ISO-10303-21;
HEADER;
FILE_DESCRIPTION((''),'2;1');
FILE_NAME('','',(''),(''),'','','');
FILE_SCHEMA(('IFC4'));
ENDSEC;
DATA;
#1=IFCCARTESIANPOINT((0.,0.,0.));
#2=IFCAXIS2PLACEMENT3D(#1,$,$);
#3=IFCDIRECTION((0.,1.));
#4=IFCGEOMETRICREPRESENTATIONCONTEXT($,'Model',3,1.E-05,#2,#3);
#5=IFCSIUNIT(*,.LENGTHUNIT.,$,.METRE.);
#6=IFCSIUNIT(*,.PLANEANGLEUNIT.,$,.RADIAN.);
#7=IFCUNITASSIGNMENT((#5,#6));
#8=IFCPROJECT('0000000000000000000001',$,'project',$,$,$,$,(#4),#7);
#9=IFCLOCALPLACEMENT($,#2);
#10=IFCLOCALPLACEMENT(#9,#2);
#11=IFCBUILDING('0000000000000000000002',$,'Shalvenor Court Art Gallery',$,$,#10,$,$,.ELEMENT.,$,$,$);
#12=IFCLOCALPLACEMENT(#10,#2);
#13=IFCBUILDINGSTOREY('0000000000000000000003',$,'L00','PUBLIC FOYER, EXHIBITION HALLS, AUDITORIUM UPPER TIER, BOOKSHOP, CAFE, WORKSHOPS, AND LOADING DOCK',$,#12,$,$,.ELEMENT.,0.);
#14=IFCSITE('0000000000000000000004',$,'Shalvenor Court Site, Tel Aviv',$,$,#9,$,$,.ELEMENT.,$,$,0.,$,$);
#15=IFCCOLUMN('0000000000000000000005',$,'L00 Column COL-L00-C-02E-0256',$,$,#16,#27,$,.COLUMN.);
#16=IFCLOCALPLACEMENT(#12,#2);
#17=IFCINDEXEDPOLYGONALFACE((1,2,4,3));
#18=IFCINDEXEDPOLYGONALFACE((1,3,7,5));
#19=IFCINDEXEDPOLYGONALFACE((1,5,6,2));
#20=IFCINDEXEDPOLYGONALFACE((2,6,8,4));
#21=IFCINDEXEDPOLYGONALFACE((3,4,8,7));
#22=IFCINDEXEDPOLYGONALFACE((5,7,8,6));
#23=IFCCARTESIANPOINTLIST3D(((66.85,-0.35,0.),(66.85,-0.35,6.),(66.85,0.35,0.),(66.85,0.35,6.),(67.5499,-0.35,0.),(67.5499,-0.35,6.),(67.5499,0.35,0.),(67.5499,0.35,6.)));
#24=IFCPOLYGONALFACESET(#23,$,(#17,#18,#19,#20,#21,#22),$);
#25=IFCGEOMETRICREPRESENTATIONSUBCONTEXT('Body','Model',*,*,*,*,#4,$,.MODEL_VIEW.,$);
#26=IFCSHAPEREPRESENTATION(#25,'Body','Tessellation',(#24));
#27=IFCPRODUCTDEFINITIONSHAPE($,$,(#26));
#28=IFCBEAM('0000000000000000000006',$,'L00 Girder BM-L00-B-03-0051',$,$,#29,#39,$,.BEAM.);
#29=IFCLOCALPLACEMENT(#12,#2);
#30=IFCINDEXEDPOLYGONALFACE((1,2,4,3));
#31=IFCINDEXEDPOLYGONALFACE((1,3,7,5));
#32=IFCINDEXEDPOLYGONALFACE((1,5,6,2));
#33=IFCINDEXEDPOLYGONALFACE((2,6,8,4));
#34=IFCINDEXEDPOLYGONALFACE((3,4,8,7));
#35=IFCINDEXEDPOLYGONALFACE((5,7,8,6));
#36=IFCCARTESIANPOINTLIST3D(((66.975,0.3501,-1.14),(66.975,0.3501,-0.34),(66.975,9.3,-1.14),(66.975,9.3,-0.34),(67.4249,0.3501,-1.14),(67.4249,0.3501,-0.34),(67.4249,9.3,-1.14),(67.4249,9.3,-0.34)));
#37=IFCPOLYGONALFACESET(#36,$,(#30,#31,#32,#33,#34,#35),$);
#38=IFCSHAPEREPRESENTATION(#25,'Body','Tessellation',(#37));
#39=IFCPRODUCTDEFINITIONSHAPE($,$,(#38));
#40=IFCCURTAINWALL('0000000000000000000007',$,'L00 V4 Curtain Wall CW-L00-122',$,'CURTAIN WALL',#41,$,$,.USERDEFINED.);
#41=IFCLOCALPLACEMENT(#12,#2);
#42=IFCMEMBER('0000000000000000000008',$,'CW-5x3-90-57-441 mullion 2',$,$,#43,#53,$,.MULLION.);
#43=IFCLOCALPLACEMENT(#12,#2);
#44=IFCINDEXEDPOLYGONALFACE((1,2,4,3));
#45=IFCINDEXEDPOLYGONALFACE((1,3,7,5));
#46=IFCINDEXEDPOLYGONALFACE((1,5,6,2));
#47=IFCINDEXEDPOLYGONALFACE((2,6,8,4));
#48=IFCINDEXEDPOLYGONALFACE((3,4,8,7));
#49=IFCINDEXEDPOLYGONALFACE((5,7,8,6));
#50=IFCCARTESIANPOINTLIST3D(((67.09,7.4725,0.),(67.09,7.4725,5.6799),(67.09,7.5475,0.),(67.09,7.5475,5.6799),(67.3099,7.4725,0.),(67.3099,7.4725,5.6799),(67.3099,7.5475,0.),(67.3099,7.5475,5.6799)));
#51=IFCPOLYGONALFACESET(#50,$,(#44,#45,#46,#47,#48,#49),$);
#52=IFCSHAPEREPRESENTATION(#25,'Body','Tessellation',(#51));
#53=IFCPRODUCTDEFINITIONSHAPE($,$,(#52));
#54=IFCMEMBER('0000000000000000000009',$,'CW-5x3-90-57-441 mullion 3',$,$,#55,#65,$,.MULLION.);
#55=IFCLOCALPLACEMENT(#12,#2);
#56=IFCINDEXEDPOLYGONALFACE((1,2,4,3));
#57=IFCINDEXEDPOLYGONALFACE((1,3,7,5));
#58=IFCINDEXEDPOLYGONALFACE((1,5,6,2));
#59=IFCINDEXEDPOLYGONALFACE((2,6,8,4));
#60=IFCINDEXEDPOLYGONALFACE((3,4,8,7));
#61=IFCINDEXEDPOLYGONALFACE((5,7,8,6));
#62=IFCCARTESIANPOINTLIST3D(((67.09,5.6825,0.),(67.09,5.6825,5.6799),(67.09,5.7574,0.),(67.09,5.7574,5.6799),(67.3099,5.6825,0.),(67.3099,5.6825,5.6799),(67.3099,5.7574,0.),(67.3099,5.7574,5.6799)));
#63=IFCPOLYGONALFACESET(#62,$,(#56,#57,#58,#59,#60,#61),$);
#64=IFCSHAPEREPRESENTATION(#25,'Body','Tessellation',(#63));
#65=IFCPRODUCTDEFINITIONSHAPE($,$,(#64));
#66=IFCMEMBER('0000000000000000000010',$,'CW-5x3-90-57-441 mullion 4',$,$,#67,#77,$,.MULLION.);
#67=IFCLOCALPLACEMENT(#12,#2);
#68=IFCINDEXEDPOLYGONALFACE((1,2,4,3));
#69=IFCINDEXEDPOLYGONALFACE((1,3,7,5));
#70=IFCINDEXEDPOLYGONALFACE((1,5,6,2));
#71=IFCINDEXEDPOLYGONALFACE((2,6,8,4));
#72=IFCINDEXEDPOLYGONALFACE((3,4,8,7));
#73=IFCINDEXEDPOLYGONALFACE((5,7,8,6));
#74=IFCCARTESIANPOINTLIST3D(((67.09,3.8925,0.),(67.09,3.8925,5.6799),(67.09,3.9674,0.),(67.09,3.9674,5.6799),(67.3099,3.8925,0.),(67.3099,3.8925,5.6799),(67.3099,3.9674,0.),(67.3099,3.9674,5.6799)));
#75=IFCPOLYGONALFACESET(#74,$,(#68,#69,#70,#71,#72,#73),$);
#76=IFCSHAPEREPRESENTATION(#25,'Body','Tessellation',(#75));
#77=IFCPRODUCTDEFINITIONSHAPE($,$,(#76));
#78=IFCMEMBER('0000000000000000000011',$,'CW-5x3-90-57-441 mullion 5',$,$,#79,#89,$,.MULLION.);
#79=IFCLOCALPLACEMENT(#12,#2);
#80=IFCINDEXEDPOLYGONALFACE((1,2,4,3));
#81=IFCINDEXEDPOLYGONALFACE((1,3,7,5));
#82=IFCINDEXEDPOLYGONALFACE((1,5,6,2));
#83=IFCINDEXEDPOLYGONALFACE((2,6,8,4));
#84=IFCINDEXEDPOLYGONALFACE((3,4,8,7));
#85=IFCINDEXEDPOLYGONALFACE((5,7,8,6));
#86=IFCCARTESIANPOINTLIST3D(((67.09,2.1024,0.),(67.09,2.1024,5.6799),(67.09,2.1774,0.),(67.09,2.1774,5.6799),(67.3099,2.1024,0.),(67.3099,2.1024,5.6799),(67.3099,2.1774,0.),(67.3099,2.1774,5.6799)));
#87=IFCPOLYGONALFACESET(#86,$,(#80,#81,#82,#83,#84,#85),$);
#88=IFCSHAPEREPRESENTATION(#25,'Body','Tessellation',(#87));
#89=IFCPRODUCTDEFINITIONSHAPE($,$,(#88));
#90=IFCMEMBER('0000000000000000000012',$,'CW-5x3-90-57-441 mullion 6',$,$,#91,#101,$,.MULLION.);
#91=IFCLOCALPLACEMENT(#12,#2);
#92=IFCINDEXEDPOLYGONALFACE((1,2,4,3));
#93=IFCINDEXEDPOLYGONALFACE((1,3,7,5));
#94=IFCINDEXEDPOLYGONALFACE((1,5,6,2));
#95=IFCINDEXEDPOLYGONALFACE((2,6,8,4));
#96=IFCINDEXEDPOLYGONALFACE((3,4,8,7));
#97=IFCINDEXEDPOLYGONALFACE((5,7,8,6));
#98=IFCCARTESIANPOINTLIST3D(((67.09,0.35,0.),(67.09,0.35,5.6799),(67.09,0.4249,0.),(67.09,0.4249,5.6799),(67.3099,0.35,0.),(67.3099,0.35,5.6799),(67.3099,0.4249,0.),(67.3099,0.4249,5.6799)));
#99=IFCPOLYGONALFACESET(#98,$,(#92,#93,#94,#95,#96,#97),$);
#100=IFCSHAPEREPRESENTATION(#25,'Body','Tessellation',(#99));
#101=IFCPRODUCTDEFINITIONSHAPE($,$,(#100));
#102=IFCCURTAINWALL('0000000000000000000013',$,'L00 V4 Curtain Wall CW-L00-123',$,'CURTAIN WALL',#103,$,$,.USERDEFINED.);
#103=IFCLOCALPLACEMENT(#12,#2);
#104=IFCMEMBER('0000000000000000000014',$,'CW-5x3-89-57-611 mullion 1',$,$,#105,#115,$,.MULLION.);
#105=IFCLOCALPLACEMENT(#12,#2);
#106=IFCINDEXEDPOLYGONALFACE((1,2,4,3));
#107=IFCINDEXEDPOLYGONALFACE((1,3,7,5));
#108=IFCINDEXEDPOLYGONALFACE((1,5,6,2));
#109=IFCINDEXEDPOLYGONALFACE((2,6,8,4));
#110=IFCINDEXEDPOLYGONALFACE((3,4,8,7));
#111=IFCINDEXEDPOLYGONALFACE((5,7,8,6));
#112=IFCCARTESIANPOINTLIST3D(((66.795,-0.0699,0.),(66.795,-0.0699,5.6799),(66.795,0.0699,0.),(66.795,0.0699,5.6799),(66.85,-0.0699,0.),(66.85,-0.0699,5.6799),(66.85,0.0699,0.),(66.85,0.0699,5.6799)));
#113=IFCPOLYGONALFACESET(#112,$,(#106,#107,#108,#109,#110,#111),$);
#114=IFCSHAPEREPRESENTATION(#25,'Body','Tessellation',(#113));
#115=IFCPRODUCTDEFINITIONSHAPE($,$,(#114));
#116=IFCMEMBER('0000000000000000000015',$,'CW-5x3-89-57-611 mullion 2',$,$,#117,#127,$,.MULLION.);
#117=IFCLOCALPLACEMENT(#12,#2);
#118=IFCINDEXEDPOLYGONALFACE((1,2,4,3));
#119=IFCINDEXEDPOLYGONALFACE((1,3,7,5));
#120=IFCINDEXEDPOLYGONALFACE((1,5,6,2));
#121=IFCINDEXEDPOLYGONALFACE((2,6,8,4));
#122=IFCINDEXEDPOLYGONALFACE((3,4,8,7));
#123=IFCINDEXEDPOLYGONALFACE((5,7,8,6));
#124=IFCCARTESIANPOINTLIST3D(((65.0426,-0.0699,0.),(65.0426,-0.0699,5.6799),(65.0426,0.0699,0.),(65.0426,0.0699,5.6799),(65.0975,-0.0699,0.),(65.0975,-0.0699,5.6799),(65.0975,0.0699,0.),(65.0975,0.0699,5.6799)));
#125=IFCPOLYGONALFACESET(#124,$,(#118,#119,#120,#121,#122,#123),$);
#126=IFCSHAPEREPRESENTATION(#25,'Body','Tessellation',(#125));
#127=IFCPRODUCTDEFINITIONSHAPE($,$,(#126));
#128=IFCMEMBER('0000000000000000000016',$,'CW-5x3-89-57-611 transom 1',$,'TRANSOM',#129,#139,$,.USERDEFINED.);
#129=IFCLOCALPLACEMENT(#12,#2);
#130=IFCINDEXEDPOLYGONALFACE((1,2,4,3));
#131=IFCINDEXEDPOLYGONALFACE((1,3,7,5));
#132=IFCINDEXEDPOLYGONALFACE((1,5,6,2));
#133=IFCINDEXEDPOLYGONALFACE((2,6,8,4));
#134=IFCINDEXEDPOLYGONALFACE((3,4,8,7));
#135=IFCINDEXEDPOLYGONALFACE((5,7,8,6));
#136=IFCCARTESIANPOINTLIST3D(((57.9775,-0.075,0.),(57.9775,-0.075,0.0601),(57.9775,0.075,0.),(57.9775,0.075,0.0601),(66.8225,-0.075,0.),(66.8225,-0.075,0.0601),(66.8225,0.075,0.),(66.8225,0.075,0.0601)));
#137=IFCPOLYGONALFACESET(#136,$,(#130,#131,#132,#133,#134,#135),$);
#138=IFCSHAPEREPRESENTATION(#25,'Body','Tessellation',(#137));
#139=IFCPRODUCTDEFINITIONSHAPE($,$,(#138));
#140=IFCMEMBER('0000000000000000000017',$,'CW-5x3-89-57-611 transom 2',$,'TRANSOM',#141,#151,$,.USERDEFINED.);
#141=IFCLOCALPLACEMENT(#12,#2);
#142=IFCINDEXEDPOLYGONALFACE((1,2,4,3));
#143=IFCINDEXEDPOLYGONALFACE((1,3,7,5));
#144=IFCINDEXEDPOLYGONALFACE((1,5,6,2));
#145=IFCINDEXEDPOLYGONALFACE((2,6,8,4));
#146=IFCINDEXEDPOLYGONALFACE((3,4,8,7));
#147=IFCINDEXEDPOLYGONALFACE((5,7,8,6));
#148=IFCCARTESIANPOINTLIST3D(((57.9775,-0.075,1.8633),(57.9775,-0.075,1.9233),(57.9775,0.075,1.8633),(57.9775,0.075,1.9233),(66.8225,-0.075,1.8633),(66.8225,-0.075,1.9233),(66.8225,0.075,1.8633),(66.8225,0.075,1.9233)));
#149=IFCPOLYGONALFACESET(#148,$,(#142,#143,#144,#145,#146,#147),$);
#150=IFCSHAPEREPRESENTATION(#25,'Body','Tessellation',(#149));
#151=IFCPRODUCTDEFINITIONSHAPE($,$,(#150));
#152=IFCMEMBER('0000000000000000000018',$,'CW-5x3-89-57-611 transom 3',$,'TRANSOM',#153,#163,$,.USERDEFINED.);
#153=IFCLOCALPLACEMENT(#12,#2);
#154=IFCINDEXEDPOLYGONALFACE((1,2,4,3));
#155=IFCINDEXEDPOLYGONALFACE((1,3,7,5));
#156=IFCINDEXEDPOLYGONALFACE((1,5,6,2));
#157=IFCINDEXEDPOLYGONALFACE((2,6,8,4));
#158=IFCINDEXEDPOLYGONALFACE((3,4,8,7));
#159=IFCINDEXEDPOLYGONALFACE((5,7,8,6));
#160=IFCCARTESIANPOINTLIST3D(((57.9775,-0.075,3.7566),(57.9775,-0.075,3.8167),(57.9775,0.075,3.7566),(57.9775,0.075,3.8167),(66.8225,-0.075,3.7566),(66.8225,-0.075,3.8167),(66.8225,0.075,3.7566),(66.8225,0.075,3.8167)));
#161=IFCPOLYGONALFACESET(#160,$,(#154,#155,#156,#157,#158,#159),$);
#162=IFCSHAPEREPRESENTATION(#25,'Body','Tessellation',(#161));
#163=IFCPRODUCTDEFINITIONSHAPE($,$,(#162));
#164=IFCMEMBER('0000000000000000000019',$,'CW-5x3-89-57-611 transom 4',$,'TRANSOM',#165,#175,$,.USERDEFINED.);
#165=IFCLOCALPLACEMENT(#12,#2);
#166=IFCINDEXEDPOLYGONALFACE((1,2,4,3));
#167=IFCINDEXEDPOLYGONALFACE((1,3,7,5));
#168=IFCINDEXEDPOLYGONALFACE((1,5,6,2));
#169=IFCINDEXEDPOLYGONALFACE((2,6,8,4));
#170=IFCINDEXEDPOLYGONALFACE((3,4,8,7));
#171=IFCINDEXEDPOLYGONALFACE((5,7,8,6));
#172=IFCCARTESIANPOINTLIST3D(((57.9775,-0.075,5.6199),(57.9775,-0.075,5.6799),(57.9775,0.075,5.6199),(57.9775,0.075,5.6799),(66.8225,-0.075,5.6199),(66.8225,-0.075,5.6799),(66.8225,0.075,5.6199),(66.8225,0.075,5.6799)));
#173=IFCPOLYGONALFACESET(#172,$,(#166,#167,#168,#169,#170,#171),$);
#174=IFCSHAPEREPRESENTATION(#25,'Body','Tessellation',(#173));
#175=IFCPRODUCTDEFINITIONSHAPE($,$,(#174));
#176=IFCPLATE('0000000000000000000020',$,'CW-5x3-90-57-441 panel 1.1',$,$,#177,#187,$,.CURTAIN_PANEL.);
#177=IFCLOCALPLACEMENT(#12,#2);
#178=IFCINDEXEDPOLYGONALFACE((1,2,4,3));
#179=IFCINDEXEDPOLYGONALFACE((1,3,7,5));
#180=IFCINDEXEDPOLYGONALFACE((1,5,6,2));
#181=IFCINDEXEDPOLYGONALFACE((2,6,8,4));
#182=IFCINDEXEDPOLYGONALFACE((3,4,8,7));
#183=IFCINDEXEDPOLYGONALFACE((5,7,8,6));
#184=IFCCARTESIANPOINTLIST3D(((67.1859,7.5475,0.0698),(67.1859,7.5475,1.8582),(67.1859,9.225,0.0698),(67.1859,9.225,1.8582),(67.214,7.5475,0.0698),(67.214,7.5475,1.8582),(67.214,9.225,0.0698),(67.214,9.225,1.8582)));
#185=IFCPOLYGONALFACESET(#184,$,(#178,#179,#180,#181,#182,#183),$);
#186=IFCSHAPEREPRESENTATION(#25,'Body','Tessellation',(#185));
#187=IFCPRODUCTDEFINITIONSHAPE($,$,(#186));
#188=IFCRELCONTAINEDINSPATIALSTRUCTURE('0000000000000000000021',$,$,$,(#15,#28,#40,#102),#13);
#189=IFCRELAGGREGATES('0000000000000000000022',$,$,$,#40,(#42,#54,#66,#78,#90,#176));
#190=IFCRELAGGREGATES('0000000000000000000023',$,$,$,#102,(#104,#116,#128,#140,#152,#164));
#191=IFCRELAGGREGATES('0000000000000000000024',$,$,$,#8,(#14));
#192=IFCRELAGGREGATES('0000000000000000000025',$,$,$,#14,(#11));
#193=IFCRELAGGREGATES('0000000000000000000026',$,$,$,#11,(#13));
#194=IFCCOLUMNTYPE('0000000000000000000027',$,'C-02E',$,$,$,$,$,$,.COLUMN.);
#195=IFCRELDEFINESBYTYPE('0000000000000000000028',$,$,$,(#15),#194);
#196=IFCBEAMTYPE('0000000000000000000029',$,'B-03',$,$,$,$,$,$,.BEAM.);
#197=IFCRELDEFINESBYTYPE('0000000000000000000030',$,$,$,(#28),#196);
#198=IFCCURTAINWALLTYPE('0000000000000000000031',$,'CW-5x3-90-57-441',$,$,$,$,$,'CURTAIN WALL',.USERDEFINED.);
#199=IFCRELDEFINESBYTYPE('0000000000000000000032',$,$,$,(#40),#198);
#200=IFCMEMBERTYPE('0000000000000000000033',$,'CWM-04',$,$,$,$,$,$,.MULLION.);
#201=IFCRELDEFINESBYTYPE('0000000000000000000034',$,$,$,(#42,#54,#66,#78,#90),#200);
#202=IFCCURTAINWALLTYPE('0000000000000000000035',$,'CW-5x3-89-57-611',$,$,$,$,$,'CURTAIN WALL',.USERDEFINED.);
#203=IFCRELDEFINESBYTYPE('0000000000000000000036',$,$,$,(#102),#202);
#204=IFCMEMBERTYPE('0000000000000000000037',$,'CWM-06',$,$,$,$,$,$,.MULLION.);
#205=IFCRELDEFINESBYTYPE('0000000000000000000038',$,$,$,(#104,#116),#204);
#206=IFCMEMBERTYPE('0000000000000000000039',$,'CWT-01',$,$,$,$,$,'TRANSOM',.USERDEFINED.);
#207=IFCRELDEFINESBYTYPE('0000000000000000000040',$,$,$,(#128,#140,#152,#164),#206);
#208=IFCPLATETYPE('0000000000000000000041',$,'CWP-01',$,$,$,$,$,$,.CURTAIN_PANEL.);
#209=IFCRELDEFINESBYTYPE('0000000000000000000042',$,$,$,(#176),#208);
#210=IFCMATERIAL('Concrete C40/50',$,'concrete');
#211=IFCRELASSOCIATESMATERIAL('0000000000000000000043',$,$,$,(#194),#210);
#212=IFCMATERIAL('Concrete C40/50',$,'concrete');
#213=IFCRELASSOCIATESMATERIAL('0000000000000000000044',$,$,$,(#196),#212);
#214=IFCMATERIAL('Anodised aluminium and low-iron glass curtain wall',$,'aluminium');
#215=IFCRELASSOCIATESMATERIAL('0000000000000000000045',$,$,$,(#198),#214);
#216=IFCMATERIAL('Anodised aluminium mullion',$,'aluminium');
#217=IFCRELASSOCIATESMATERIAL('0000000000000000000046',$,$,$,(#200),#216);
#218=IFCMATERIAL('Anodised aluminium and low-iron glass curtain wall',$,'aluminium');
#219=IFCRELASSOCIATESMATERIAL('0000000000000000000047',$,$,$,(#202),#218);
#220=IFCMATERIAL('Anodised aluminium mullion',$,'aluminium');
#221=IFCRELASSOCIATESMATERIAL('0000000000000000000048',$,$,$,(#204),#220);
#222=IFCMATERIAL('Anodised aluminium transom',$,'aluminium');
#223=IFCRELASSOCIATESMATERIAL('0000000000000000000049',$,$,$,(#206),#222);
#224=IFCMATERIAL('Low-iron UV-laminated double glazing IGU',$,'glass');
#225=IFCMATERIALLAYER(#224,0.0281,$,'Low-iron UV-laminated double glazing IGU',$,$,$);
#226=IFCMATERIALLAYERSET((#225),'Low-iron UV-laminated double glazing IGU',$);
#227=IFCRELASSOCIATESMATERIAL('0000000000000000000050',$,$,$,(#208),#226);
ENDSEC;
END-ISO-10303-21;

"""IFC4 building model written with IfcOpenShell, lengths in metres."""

from ifc_helpers import new_model, si_unit, direction, frame, origin, origin_2d, place, context, subcontext, project, spatial, rectangle, extrude, material, layer, layer_set, material_profile, profile_set, type_object, element, aggregate, save


model = new_model("IFC4")

# Units and contexts
model_context = context("Model", 3, precision=1e-05, world=origin(), true_north=direction((0.0, 1.0)))
body_context = subcontext(model_context, "Body", "Model", "MODEL_VIEW")
ifc_project = project(units=[si_unit("LENGTHUNIT", "METRE"), si_unit("PLANEANGLEUNIT", "RADIAN")], contexts=[model_context])

# Site, building, storey
site_placement = place(None, origin())
site = spatial("IfcSite", under=ifc_project, at=site_placement, Name="Shalvenor Court Site, Tel Aviv", CompositionType="ELEMENT", RefElevation=0.0)
building_placement = place(site_placement, origin())
building = spatial("IfcBuilding", under=site, at=building_placement, Name="Shalvenor Court Art Gallery", CompositionType="ELEMENT")
storey_placement = place(building_placement, origin())
storey = spatial("IfcBuildingStorey", under=building, at=storey_placement, Name="L00", Description="PUBLIC FOYER, EXHIBITION HALLS, AUDITORIUM UPPER TIER, BOOKSHOP, CAFE, WORKSHOPS, AND LOADING DOCK", CompositionType="ELEMENT", Elevation=0.0)

# Column
ifc_material_1 = material(Name="Concrete C40/50", Category="concrete")
ifc_material_profile_1 = material_profile(ifc_material_1, rectangle(XDim=0.7, YDim=0.7, at=origin_2d()), Name="RC 700x700")
ifc_profile_set_1 = profile_set([ifc_material_profile_1], Name="Concrete C40/50")
column_type = type_object("IfcColumnType", Name="C-02E", PredefinedType="COLUMN", material=ifc_profile_set_1)
column_placement = place(storey_placement, frame((67.2, 0.0, 0.0), z_axis=(0.0, 0.0, 1.0), x_axis=(1.0, 0.0, 0.0)))
element("IfcColumn", 1, at=column_placement, inside=storey, type_object=column_type, Name="L00 Column COL-L00-C-02E-0256", PredefinedType="COLUMN", context=body_context, shape_type="SweptSolid", body=[
    extrude(rectangle(XDim=0.7, YDim=0.7, at=origin_2d()), origin(), (0.0, 0.0, 1.0), 6.0),
])

# Beam
ifc_material_2 = material(Name="Concrete C40/50", Category="concrete")
ifc_material_profile_2 = material_profile(ifc_material_2, rectangle(XDim=0.45, YDim=0.8, at=origin_2d()), Name="RC 450x800")
ifc_profile_set_2 = profile_set([ifc_material_profile_2], Name="Concrete C40/50")
beam_type = type_object("IfcBeamType", Name="B-03", PredefinedType="BEAM", material=ifc_profile_set_2)
beam_placement = place(storey_placement, frame((67.2, 0.3501, -0.74), z_axis=(0.0, 1.0, 0.0), x_axis=(-1.0, 0.0, 0.0)))
element("IfcBeam", 2, at=beam_placement, inside=storey, type_object=beam_type, Name="L00 Girder BM-L00-B-03-0051", PredefinedType="BEAM", context=body_context, shape_type="SweptSolid", body=[
    extrude(rectangle(XDim=0.45, YDim=0.8, at=origin_2d()), origin(), (0.0, 0.0, 1.0), 8.95),
])

# Curtain walls, members
ifc_material_3 = material(Name="Anodised aluminium and low-iron glass curtain wall", Category="aluminium")
curtain_wall_type_1 = type_object("IfcCurtainWallType", Name="CW-5x3-90-57-441", ElementType="CURTAIN WALL", PredefinedType="USERDEFINED", material=ifc_material_3)
curtain_wall_1_placement = place(storey_placement, origin())
curtain_wall_1 = element("IfcCurtainWall", 3, at=curtain_wall_1_placement, inside=storey, type_object=curtain_wall_type_1, Name="L00 V4 Curtain Wall CW-L00-122", ObjectType="CURTAIN WALL", PredefinedType="USERDEFINED")
ifc_material_4 = material(Name="Anodised aluminium mullion", Category="aluminium")
ifc_material_profile_3 = material_profile(ifc_material_4, rectangle(XDim=0.075, YDim=0.22, at=origin_2d()), Name="CWM-04")
ifc_profile_set_3 = profile_set([ifc_material_profile_3], Name="Anodised aluminium mullion")
member_type_1 = type_object("IfcMemberType", Name="CWM-04", PredefinedType="MULLION", material=ifc_profile_set_3)
member_1_placement = place(storey_placement, frame((67.2, 7.51, 0.0), z_axis=(0.0, 0.0, 1.0), x_axis=(0.0, -1.0, 0.0)))
member_1 = element("IfcMember", 4, at=member_1_placement, type_object=member_type_1, Name="CW-5x3-90-57-441 mullion 2", PredefinedType="MULLION", context=body_context, shape_type="SweptSolid", body=[
    extrude(rectangle(XDim=0.075, YDim=0.22, at=origin_2d()), origin(), (0.0, 0.0, 1.0), 5.6799),
])
member_2_placement = place(storey_placement, frame((67.2, 5.72, 0.0), z_axis=(0.0, 0.0, 1.0), x_axis=(0.0, -1.0, 0.0)))
member_2 = element("IfcMember", 5, at=member_2_placement, type_object=member_type_1, Name="CW-5x3-90-57-441 mullion 3", PredefinedType="MULLION", context=body_context, shape_type="SweptSolid", body=[
    extrude(rectangle(XDim=0.075, YDim=0.22, at=origin_2d()), origin(), (0.0, 0.0, 1.0), 5.6799),
])
member_3_placement = place(storey_placement, frame((67.2, 3.9299, 0.0), z_axis=(0.0, 0.0, 1.0), x_axis=(0.0, -1.0, 0.0)))
member_3 = element("IfcMember", 6, at=member_3_placement, type_object=member_type_1, Name="CW-5x3-90-57-441 mullion 4", PredefinedType="MULLION", context=body_context, shape_type="SweptSolid", body=[
    extrude(rectangle(XDim=0.075, YDim=0.22, at=origin_2d()), origin(), (0.0, 0.0, 1.0), 5.6799),
])
member_4_placement = place(storey_placement, frame((67.2, 2.1399, 0.0), z_axis=(0.0, 0.0, 1.0), x_axis=(0.0, -1.0, 0.0)))
member_4 = element("IfcMember", 7, at=member_4_placement, type_object=member_type_1, Name="CW-5x3-90-57-441 mullion 5", PredefinedType="MULLION", context=body_context, shape_type="SweptSolid", body=[
    extrude(rectangle(XDim=0.075, YDim=0.22, at=origin_2d()), origin(), (0.0, 0.0, 1.0), 5.6799),
])
member_5_placement = place(storey_placement, frame((67.2, 0.3875, 0.0), z_axis=(0.0, 0.0, 1.0), x_axis=(0.0, -1.0, 0.0)))
member_5 = element("IfcMember", 8, at=member_5_placement, type_object=member_type_1, Name="CW-5x3-90-57-441 mullion 6", PredefinedType="MULLION", context=body_context, shape_type="SweptSolid", body=[
    extrude(rectangle(XDim=0.075, YDim=0.22, at=origin_2d()), origin(), (0.0, 0.0, 1.0), 5.6799),
])
ifc_material_5 = material(Name="Anodised aluminium and low-iron glass curtain wall", Category="aluminium")
curtain_wall_type_2 = type_object("IfcCurtainWallType", Name="CW-5x3-89-57-611", ElementType="CURTAIN WALL", PredefinedType="USERDEFINED", material=ifc_material_5)
curtain_wall_2_placement = place(storey_placement, origin())
curtain_wall_2 = element("IfcCurtainWall", 9, at=curtain_wall_2_placement, inside=storey, type_object=curtain_wall_type_2, Name="L00 V4 Curtain Wall CW-L00-123", ObjectType="CURTAIN WALL", PredefinedType="USERDEFINED")
ifc_material_6 = material(Name="Anodised aluminium mullion", Category="aluminium")
ifc_material_profile_4 = material_profile(ifc_material_6, rectangle(XDim=0.0549, YDim=0.1399, at=origin_2d()), Name="CWM-06")
ifc_profile_set_4 = profile_set([ifc_material_profile_4], Name="Anodised aluminium mullion")
member_type_2 = type_object("IfcMemberType", Name="CWM-06", PredefinedType="MULLION", material=ifc_profile_set_4)
member_6_placement = place(storey_placement, frame((66.8225, 0.0, 0.0), z_axis=(0.0, 0.0, 1.0), x_axis=(-1.0, 0.0, 0.0)))
member_6 = element("IfcMember", 10, at=member_6_placement, type_object=member_type_2, Name="CW-5x3-89-57-611 mullion 1", PredefinedType="MULLION", context=body_context, shape_type="SweptSolid", body=[
    extrude(rectangle(XDim=0.0549, YDim=0.1399, at=origin_2d()), origin(), (0.0, 0.0, 1.0), 5.6799),
])
member_7_placement = place(storey_placement, frame((65.0701, 0.0, 0.0), z_axis=(0.0, 0.0, 1.0), x_axis=(-1.0, 0.0, 0.0)))
member_7 = element("IfcMember", 11, at=member_7_placement, type_object=member_type_2, Name="CW-5x3-89-57-611 mullion 2", PredefinedType="MULLION", context=body_context, shape_type="SweptSolid", body=[
    extrude(rectangle(XDim=0.0549, YDim=0.1399, at=origin_2d()), origin(), (0.0, 0.0, 1.0), 5.6799),
])
ifc_material_7 = material(Name="Anodised aluminium transom", Category="aluminium")
ifc_material_profile_5 = material_profile(ifc_material_7, rectangle(XDim=0.1499, YDim=0.0601, at=origin_2d()), Name="CWT-01")
ifc_profile_set_5 = profile_set([ifc_material_profile_5], Name="Anodised aluminium transom")
member_type_3 = type_object("IfcMemberType", Name="CWT-01", ElementType="TRANSOM", PredefinedType="USERDEFINED", material=ifc_profile_set_5)
member_8_placement = place(storey_placement, frame((66.8225, 0.0, 0.03), z_axis=(-1.0, 0.0, 0.0), x_axis=(0.0, -1.0, 0.0)))
member_8 = element("IfcMember", 12, at=member_8_placement, type_object=member_type_3, Name="CW-5x3-89-57-611 transom 1", ObjectType="TRANSOM", PredefinedType="USERDEFINED", context=body_context, shape_type="SweptSolid", body=[
    extrude(rectangle(XDim=0.1499, YDim=0.0601, at=origin_2d()), origin(), (0.0, 0.0, 1.0), 8.845),
])
member_9_placement = place(storey_placement, frame((66.8225, 0.0, 1.8933), z_axis=(-1.0, 0.0, 0.0), x_axis=(0.0, -1.0, 0.0)))
member_9 = element("IfcMember", 13, at=member_9_placement, type_object=member_type_3, Name="CW-5x3-89-57-611 transom 2", ObjectType="TRANSOM", PredefinedType="USERDEFINED", context=body_context, shape_type="SweptSolid", body=[
    extrude(rectangle(XDim=0.1499, YDim=0.0601, at=origin_2d()), origin(), (0.0, 0.0, 1.0), 8.845),
])
member_10_placement = place(storey_placement, frame((66.8225, 0.0, 3.7866), z_axis=(-1.0, 0.0, 0.0), x_axis=(0.0, -1.0, 0.0)))
member_10 = element("IfcMember", 14, at=member_10_placement, type_object=member_type_3, Name="CW-5x3-89-57-611 transom 3", ObjectType="TRANSOM", PredefinedType="USERDEFINED", context=body_context, shape_type="SweptSolid", body=[
    extrude(rectangle(XDim=0.1499, YDim=0.0601, at=origin_2d()), origin(), (0.0, 0.0, 1.0), 8.845),
])
member_11_placement = place(storey_placement, frame((66.8225, 0.0, 5.6499), z_axis=(-1.0, 0.0, 0.0), x_axis=(0.0, -1.0, 0.0)))
member_11 = element("IfcMember", 15, at=member_11_placement, type_object=member_type_3, Name="CW-5x3-89-57-611 transom 4", ObjectType="TRANSOM", PredefinedType="USERDEFINED", context=body_context, shape_type="SweptSolid", body=[
    extrude(rectangle(XDim=0.1499, YDim=0.0601, at=origin_2d()), origin(), (0.0, 0.0, 1.0), 8.845),
])

# Plate
ifc_material_8 = material(Name="Low-iron UV-laminated double glazing IGU", Category="glass")
ifc_layer_1 = layer(ifc_material_8, 0.0281, Name="Low-iron UV-laminated double glazing IGU")
ifc_layer_set_1 = layer_set([ifc_layer_1], Name="Low-iron UV-laminated double glazing IGU")
plate_type = type_object("IfcPlateType", Name="CWP-01", PredefinedType="CURTAIN_PANEL", material=ifc_layer_set_1)
plate_1_placement = place(storey_placement, frame((67.2, 8.3862, 0.0698), z_axis=(0.0, 0.0, 1.0), x_axis=(0.0, -1.0, 0.0)))
plate_1 = element("IfcPlate", 16, at=plate_1_placement, type_object=plate_type, Name="CW-5x3-90-57-441 panel 1.1", PredefinedType="CURTAIN_PANEL", context=body_context, shape_type="SweptSolid", body=[
    extrude(rectangle(XDim=1.6775, YDim=0.0281, at=origin_2d()), origin(), (0.0, 0.0, 1.0), 1.7883),
])
aggregate(curtain_wall_1, [member_1, member_2, member_3, member_4, member_5, plate_1])
aggregate(curtain_wall_2, [member_6, member_7, member_8, member_9, member_10, member_11])

save(model, "model.ifc")
